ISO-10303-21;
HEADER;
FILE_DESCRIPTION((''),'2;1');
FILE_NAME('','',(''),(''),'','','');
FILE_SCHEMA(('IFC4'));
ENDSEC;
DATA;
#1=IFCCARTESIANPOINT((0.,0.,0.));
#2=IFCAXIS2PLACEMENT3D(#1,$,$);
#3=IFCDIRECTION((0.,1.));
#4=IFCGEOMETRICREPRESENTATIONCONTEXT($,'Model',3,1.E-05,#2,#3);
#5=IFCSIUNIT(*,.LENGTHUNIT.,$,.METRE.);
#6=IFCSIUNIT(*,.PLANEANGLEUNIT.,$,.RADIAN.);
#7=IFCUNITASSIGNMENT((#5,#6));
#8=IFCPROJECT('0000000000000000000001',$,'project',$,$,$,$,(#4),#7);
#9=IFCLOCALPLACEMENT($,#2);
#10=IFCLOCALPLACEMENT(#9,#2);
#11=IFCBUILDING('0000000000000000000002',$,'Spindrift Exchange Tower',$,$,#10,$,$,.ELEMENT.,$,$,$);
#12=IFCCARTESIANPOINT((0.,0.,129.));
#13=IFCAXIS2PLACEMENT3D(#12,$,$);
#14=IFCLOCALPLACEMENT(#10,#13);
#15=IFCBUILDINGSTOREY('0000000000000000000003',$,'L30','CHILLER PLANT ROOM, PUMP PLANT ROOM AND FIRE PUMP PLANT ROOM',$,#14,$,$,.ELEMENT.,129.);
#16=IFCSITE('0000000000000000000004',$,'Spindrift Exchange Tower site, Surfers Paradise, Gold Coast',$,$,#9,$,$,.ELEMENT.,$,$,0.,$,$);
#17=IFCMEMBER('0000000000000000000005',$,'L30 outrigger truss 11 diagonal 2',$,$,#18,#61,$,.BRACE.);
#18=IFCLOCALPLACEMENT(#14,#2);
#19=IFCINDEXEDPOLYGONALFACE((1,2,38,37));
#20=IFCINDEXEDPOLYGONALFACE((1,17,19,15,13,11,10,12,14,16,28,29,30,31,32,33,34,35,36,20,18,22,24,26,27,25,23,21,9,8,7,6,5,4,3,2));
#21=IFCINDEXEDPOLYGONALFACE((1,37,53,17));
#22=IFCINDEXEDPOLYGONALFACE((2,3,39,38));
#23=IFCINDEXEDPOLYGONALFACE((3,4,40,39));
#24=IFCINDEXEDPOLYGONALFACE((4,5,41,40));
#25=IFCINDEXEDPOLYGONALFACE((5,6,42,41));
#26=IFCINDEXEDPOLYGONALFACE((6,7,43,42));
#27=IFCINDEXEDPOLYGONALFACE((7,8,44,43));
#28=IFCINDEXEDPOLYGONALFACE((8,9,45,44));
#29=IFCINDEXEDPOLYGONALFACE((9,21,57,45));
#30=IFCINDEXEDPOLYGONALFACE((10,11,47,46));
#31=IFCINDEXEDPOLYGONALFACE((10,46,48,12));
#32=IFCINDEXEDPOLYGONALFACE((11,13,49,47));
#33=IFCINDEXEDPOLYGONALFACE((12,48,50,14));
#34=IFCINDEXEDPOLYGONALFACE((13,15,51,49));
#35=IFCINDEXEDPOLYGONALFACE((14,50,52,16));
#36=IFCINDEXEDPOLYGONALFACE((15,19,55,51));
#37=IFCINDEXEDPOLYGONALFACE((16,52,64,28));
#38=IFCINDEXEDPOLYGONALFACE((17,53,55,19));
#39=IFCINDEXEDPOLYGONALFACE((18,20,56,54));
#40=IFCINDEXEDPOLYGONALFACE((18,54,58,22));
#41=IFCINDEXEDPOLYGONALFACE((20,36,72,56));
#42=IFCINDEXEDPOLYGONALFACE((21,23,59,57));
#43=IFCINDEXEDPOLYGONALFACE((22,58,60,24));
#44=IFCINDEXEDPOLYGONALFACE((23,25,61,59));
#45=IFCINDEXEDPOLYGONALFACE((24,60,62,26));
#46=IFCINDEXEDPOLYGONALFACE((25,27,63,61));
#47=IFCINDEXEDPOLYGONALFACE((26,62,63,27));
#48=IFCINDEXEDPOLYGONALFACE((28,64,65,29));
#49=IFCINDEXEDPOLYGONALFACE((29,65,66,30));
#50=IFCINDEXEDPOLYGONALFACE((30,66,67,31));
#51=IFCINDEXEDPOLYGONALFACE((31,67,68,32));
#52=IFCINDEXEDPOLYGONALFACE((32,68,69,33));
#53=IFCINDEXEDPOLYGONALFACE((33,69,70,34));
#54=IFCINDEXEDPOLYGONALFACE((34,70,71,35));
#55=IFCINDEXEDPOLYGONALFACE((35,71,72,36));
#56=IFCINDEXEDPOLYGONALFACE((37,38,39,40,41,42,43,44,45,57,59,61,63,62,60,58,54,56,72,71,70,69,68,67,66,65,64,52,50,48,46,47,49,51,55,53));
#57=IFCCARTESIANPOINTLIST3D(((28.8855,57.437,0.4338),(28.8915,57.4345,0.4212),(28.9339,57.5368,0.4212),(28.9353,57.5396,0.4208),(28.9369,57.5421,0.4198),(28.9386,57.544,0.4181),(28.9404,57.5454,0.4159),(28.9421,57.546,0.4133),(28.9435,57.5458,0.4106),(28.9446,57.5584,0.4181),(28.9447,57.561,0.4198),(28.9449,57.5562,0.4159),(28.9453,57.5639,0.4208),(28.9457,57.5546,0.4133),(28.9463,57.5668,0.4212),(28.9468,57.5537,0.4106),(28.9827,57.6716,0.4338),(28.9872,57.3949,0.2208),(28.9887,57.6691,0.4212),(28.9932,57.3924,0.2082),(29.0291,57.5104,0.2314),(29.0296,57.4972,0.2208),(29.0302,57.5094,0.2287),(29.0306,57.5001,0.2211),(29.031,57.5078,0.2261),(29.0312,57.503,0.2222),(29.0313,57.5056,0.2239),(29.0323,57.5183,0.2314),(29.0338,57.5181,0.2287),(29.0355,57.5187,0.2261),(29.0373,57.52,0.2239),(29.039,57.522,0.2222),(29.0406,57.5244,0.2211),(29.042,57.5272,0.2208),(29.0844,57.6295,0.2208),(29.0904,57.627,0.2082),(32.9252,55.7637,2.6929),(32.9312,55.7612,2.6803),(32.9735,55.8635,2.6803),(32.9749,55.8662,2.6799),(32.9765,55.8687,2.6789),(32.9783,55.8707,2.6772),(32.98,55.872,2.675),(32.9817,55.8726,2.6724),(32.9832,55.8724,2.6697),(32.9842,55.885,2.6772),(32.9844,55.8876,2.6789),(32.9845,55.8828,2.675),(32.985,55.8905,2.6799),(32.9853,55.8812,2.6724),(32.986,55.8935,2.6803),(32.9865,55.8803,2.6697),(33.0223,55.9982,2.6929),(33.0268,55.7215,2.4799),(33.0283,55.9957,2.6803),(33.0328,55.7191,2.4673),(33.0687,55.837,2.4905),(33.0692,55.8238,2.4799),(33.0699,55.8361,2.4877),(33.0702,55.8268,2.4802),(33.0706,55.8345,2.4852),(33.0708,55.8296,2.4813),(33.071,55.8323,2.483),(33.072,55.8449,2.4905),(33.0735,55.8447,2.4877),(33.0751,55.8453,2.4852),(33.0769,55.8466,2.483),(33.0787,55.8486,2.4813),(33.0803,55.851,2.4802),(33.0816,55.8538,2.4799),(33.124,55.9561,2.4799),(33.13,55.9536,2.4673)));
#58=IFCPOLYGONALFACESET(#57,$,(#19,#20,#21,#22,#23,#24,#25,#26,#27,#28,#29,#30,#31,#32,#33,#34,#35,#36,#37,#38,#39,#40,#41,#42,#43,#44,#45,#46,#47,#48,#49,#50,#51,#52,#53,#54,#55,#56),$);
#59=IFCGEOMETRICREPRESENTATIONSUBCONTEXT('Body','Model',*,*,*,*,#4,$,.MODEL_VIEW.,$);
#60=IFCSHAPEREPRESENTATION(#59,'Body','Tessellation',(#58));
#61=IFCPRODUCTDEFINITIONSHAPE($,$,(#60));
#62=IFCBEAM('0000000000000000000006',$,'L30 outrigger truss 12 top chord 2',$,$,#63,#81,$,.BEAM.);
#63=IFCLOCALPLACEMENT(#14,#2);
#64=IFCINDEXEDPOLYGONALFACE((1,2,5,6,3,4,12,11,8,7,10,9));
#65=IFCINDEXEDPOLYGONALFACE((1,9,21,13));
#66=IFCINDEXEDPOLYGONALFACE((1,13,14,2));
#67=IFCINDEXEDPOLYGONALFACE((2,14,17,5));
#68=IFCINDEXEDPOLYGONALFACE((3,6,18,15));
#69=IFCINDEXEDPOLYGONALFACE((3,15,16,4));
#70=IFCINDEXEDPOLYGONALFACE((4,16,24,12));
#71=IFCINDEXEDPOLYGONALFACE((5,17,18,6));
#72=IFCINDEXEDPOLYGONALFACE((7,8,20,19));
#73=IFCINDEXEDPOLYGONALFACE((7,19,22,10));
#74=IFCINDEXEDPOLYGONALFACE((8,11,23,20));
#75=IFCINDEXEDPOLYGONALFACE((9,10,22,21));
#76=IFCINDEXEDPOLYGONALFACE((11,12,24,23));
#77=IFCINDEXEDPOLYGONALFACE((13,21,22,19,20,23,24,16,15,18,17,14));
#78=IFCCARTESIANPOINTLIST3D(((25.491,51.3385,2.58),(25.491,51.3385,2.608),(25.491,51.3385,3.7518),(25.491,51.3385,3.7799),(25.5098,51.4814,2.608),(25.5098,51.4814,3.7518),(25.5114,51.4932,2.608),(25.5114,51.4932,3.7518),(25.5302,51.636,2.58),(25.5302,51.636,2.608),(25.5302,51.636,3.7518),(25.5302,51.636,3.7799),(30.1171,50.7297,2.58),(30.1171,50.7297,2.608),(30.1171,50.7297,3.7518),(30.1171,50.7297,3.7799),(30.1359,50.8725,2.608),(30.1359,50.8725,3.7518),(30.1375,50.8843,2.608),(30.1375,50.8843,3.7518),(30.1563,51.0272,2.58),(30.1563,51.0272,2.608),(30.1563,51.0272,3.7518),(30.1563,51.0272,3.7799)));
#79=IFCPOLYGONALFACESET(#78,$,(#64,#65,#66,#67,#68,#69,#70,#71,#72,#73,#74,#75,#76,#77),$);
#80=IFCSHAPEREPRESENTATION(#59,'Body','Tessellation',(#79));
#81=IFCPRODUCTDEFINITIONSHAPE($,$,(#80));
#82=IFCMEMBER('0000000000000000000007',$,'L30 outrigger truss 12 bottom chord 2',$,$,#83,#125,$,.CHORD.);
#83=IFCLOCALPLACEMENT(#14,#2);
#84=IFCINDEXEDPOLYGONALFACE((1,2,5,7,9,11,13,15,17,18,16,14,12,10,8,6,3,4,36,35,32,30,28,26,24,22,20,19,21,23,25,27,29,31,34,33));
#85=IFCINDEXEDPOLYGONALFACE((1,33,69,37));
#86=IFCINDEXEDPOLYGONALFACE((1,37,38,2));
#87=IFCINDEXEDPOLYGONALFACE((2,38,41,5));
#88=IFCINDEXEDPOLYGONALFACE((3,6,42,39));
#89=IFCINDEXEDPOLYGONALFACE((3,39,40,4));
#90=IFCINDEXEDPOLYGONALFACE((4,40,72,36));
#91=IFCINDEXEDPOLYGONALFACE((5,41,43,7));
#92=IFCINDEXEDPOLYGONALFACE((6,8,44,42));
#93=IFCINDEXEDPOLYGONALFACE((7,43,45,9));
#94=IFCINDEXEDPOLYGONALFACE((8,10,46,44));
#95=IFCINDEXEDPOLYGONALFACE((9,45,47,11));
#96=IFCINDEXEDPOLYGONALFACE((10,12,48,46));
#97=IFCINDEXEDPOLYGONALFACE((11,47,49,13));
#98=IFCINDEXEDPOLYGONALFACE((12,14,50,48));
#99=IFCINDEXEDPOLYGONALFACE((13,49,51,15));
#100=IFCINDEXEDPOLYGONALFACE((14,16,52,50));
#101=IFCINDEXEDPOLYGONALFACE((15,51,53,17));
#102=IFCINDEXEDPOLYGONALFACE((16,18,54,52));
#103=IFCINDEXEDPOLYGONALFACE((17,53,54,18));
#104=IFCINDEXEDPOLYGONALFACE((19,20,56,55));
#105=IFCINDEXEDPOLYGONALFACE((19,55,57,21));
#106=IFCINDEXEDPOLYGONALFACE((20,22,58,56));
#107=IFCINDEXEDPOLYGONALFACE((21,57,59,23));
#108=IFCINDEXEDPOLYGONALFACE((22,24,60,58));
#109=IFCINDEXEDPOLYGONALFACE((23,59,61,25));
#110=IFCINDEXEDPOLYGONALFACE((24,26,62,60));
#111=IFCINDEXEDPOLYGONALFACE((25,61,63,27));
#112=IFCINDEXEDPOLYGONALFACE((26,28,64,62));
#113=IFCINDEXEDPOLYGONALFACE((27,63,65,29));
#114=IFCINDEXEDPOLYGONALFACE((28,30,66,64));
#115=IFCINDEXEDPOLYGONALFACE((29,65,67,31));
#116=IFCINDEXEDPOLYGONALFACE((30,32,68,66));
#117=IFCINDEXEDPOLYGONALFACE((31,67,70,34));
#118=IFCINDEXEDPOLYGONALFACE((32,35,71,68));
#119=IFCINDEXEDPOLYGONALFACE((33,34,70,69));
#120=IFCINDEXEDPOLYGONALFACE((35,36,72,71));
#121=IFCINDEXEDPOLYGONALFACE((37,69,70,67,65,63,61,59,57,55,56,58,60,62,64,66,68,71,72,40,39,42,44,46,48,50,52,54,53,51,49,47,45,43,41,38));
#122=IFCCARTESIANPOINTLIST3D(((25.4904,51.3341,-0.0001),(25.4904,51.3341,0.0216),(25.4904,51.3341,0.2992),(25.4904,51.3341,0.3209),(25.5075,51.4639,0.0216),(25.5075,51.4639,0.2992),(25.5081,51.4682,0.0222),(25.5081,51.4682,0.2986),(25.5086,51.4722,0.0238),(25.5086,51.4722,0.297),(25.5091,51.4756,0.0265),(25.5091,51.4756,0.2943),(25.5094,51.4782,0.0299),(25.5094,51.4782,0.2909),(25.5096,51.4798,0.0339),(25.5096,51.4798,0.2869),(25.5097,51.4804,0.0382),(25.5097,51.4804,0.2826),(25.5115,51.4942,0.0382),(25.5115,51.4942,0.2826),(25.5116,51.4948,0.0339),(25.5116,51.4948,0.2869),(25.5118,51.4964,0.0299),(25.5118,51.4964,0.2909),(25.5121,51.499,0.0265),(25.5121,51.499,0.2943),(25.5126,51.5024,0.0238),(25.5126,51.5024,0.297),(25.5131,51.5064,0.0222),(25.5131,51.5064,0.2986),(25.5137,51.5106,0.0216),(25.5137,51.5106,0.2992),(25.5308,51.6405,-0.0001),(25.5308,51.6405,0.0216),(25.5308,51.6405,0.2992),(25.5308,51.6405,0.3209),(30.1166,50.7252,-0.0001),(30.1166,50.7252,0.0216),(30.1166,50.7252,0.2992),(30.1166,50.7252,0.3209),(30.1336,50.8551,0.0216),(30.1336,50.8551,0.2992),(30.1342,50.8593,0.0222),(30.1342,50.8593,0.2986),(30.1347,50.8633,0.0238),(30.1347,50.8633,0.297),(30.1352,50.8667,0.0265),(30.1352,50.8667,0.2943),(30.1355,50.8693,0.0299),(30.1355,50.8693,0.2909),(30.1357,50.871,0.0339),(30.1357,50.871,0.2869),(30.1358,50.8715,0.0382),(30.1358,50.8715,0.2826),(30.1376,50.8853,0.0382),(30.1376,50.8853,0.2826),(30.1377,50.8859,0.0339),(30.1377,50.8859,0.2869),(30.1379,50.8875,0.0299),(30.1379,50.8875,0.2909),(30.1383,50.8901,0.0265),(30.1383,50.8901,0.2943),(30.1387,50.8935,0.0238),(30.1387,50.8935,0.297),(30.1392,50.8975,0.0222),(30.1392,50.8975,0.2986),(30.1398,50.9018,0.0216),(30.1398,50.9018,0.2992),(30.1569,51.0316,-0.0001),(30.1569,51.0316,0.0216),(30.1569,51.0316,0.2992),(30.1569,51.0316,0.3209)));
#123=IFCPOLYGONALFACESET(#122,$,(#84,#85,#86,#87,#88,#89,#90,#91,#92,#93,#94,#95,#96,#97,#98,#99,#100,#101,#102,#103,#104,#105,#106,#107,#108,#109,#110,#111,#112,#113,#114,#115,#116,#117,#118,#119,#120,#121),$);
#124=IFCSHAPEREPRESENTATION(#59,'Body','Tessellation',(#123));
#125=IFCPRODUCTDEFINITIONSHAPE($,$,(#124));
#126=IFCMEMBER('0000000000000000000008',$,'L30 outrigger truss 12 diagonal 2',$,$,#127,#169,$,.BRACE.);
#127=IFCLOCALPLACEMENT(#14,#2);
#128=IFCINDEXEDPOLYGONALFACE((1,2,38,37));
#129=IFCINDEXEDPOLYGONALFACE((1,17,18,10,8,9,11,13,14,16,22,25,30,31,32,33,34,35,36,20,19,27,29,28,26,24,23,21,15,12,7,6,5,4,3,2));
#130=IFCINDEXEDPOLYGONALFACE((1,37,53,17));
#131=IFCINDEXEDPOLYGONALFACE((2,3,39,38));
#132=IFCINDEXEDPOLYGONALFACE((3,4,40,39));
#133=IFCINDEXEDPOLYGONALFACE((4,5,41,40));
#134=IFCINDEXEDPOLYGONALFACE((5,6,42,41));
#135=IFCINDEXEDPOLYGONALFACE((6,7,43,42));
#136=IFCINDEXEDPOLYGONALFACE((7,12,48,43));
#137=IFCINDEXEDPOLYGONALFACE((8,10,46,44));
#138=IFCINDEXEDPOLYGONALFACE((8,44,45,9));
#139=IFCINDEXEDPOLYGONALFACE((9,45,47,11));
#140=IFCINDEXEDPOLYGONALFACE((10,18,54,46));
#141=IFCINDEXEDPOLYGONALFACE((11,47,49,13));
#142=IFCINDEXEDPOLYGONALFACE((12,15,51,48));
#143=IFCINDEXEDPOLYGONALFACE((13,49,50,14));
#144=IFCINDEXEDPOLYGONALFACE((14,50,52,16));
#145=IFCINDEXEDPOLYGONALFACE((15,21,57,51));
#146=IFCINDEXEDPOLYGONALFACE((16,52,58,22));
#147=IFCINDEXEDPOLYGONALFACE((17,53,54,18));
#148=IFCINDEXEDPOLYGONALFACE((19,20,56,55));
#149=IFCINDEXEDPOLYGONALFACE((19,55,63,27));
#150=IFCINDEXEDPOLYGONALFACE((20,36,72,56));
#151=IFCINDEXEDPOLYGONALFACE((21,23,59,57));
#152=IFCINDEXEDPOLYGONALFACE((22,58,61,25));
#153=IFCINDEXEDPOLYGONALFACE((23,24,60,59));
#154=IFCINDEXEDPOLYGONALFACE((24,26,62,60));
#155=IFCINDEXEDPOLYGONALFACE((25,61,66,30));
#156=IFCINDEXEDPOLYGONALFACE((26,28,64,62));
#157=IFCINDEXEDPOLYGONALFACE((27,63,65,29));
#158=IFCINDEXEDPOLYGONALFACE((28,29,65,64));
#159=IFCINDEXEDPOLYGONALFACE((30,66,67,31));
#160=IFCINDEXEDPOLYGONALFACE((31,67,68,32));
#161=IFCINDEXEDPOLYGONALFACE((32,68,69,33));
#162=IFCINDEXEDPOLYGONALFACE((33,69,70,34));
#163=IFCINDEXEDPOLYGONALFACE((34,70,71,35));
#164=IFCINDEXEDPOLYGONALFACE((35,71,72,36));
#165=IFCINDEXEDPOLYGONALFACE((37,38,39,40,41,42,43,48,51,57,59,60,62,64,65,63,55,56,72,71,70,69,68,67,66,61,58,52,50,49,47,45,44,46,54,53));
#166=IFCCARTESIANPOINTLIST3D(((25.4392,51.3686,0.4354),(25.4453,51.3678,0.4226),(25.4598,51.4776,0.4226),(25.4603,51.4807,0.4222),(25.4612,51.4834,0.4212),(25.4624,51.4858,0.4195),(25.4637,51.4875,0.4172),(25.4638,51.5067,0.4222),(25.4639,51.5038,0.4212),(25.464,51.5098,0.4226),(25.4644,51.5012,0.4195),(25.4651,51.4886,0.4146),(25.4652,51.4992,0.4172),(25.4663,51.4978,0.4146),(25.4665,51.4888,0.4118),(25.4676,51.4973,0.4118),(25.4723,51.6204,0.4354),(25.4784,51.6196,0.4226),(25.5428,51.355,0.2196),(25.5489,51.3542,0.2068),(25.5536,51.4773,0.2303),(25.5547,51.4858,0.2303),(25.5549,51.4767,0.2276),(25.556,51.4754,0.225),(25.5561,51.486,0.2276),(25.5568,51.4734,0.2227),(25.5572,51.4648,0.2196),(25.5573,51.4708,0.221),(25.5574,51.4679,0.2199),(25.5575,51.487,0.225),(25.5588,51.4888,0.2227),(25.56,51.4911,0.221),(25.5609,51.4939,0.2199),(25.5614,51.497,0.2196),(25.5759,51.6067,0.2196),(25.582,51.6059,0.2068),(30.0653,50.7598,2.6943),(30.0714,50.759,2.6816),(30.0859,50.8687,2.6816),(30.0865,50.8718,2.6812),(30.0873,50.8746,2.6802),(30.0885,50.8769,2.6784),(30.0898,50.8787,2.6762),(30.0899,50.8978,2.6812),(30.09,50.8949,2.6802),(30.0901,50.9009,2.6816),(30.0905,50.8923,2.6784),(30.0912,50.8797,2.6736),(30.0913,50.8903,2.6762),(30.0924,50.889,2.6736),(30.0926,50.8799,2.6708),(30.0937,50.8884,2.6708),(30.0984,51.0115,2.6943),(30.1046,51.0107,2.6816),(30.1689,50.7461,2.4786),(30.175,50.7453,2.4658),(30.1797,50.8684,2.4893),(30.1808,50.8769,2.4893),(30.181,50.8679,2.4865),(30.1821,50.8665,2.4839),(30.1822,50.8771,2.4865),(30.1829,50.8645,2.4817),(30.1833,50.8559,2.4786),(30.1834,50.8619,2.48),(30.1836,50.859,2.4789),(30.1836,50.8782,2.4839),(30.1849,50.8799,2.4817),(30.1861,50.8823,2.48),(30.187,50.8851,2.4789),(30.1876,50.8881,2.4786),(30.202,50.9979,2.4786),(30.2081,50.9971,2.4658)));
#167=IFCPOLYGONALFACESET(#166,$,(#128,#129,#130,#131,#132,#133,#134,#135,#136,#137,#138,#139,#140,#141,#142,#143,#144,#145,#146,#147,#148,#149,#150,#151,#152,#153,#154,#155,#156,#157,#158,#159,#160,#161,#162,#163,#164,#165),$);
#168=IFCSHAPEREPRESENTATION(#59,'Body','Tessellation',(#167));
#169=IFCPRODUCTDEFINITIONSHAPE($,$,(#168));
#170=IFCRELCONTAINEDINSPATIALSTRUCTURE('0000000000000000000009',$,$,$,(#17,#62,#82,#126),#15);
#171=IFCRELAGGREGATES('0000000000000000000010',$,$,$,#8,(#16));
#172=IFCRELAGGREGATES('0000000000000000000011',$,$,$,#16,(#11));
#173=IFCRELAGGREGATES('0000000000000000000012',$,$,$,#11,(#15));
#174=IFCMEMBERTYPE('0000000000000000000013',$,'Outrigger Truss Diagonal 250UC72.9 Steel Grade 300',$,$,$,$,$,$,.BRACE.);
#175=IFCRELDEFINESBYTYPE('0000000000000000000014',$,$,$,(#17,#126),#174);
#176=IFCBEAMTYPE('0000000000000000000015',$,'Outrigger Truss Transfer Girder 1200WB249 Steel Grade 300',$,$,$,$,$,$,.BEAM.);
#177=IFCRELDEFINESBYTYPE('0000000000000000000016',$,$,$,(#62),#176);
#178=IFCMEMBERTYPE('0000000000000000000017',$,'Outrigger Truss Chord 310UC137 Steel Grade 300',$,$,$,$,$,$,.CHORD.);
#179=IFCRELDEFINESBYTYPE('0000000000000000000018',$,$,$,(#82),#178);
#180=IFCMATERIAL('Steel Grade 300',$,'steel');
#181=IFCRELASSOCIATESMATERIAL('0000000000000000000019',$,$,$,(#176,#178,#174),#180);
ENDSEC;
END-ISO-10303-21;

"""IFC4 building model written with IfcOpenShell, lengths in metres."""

from ifc_helpers import new_model, si_unit, direction, frame, origin, origin_2d, place, context, subcontext, project, spatial, i_section, extrude, source, transform, mapped, material, material_profile, profile_set, type_object, element, save


model = new_model("IFC4")

# Units and contexts
model_context = context("Model", 3, precision=1e-05, world=origin(), true_north=direction((0.0, 1.0)))
body_context = subcontext(model_context, "Body", "Model", "MODEL_VIEW")
ifc_project = project(units=[si_unit("LENGTHUNIT", "METRE"), si_unit("PLANEANGLEUNIT", "RADIAN")], contexts=[model_context])

# Site, building, storey
site_placement = place(None, origin())
site = spatial("IfcSite", under=ifc_project, at=site_placement, Name="Spindrift Exchange Tower site, Surfers Paradise, Gold Coast", CompositionType="ELEMENT", RefElevation=0.0)
building_placement = place(site_placement, origin())
building = spatial("IfcBuilding", under=site, at=building_placement, Name="Spindrift Exchange Tower", CompositionType="ELEMENT")
storey_placement = place(building_placement, frame((0.0, 0.0, 129.0)))
storey = spatial("IfcBuildingStorey", under=building, at=storey_placement, Name="L30", Description="CHILLER PLANT ROOM, PUMP PLANT ROOM AND FIRE PUMP PLANT ROOM", CompositionType="ELEMENT", Elevation=129.0)

# Shared definitions
ifc_material_1 = material(Name="Steel Grade 300", Category="steel")
ifc_material_profile_1 = material_profile(ifc_material_1, i_section(OverallWidth=0.3, OverallDepth=1.2, WebThickness=0.012, FlangeThickness=0.0281, at=origin_2d()), Name="1200WB249")
ifc_profile_set_1 = profile_set([ifc_material_profile_1], Name="Steel Grade 300")
beam_type = type_object("IfcBeamType", Name="Outrigger Truss Transfer Girder 1200WB249 Steel Grade 300", PredefinedType="BEAM", material=ifc_profile_set_1)

# Shared definitions
ifc_material_profile_2 = material_profile(ifc_material_1, i_section(OverallWidth=0.3091, OverallDepth=0.321, WebThickness=0.0139, FlangeThickness=0.0217, FilletRadius=0.0166, at=origin_2d()), Name="310UC137")
ifc_profile_set_2 = profile_set([ifc_material_profile_2], Name="Steel Grade 300")
member_type_1 = type_object("IfcMemberType", Name="Outrigger Truss Chord 310UC137 Steel Grade 300", PredefinedType="CHORD", material=ifc_profile_set_2)
ifc_material_profile_3 = material_profile(ifc_material_1, i_section(OverallWidth=0.2539, OverallDepth=0.2539, WebThickness=0.0085, FlangeThickness=0.0142, FilletRadius=0.012, at=origin_2d()), Name="250UC72.9")
ifc_profile_set_3 = profile_set([ifc_material_profile_3], Name="Steel Grade 300")
member_type_2 = type_object("IfcMemberType", Name="Outrigger Truss Diagonal 250UC72.9 Steel Grade 300", PredefinedType="BRACE", material=ifc_profile_set_3)

# Member
shared_shape_1 = source(origin(), body_context, "Body", "SweptSolid", [
    extrude(i_section(OverallWidth=0.2539, OverallDepth=0.2539, WebThickness=0.0085, FlangeThickness=0.0142, FilletRadius=0.012, at=origin_2d()), origin(), (0.0, 0.0, 1.0), 4.9216),
])
member_1_placement = place(storey_placement, frame((33.0276, 55.8586, 2.5801), z_axis=(-0.820795, 0.340005, -0.459012), x_axis=(-0.382704, -0.923871, 0.0)))
element("IfcMember", 1, at=member_1_placement, inside=storey, type_object=member_type_2, Name="L30 outrigger truss 11 diagonal 2", PredefinedType="BRACE", context=body_context, shape_type="MappedRepresentation", body=[
    mapped(shared_shape_1, transform((0.0, 0.0, 0.0), scale=1.0)),
])

# Beam
shared_shape_2 = source(origin(), body_context, "Body", "SweptSolid", [
    extrude(i_section(OverallWidth=0.3, OverallDepth=1.2, WebThickness=0.012, FlangeThickness=0.0281, at=origin_2d()), origin(), (0.0, 0.0, 1.0), 4.666),
])
beam_1_placement = place(storey_placement, frame((30.1367, 50.8784, 3.1799), z_axis=(-0.991449, 0.130491, 0.0), x_axis=(-0.130491, -0.991449, 0.0)))
element("IfcBeam", 2, at=beam_1_placement, inside=storey, type_object=beam_type, Name="L30 outrigger truss 12 top chord 2", PredefinedType="BEAM", context=body_context, shape_type="MappedRepresentation", body=[
    mapped(shared_shape_2, transform((0.0, 0.0, 0.0), scale=1.0)),
])

# Members
shared_shape_3 = source(origin(), body_context, "Body", "SweptSolid", [
    extrude(i_section(OverallWidth=0.3091, OverallDepth=0.321, WebThickness=0.0139, FlangeThickness=0.0217, FilletRadius=0.0166, at=origin_2d()), origin(), (0.0, 0.0, 1.0), 4.666),
])
member_2_placement = place(storey_placement, frame((30.1367, 50.8784, 0.1604), z_axis=(-0.991449, 0.130491, 0.0), x_axis=(-0.130491, -0.991449, 0.0)))
element("IfcMember", 3, at=member_2_placement, inside=storey, type_object=member_type_1, Name="L30 outrigger truss 12 bottom chord 2", PredefinedType="CHORD", context=body_context, shape_type="MappedRepresentation", body=[
    mapped(shared_shape_3, transform((0.0, 0.0, 0.0), scale=1.0)),
])
shared_shape_4 = source(origin(), body_context, "Body", "SweptSolid", [
    extrude(i_section(OverallWidth=0.2539, OverallDepth=0.2539, WebThickness=0.0085, FlangeThickness=0.0142, FilletRadius=0.012, at=origin_2d()), origin(), (0.0, 0.0, 1.0), 5.1841),
])
member_3_placement = place(storey_placement, frame((30.1367, 50.8784, 2.5801), z_axis=(-0.89237, 0.117451, -0.435754), x_axis=(-0.130491, -0.991449, 0.0)))
element("IfcMember", 4, at=member_3_placement, inside=storey, type_object=member_type_2, Name="L30 outrigger truss 12 diagonal 2", PredefinedType="BRACE", context=body_context, shape_type="MappedRepresentation", body=[
    mapped(shared_shape_4, transform((0.0, 0.0, 0.0), scale=1.0)),
])

save(model, "model.ifc")
